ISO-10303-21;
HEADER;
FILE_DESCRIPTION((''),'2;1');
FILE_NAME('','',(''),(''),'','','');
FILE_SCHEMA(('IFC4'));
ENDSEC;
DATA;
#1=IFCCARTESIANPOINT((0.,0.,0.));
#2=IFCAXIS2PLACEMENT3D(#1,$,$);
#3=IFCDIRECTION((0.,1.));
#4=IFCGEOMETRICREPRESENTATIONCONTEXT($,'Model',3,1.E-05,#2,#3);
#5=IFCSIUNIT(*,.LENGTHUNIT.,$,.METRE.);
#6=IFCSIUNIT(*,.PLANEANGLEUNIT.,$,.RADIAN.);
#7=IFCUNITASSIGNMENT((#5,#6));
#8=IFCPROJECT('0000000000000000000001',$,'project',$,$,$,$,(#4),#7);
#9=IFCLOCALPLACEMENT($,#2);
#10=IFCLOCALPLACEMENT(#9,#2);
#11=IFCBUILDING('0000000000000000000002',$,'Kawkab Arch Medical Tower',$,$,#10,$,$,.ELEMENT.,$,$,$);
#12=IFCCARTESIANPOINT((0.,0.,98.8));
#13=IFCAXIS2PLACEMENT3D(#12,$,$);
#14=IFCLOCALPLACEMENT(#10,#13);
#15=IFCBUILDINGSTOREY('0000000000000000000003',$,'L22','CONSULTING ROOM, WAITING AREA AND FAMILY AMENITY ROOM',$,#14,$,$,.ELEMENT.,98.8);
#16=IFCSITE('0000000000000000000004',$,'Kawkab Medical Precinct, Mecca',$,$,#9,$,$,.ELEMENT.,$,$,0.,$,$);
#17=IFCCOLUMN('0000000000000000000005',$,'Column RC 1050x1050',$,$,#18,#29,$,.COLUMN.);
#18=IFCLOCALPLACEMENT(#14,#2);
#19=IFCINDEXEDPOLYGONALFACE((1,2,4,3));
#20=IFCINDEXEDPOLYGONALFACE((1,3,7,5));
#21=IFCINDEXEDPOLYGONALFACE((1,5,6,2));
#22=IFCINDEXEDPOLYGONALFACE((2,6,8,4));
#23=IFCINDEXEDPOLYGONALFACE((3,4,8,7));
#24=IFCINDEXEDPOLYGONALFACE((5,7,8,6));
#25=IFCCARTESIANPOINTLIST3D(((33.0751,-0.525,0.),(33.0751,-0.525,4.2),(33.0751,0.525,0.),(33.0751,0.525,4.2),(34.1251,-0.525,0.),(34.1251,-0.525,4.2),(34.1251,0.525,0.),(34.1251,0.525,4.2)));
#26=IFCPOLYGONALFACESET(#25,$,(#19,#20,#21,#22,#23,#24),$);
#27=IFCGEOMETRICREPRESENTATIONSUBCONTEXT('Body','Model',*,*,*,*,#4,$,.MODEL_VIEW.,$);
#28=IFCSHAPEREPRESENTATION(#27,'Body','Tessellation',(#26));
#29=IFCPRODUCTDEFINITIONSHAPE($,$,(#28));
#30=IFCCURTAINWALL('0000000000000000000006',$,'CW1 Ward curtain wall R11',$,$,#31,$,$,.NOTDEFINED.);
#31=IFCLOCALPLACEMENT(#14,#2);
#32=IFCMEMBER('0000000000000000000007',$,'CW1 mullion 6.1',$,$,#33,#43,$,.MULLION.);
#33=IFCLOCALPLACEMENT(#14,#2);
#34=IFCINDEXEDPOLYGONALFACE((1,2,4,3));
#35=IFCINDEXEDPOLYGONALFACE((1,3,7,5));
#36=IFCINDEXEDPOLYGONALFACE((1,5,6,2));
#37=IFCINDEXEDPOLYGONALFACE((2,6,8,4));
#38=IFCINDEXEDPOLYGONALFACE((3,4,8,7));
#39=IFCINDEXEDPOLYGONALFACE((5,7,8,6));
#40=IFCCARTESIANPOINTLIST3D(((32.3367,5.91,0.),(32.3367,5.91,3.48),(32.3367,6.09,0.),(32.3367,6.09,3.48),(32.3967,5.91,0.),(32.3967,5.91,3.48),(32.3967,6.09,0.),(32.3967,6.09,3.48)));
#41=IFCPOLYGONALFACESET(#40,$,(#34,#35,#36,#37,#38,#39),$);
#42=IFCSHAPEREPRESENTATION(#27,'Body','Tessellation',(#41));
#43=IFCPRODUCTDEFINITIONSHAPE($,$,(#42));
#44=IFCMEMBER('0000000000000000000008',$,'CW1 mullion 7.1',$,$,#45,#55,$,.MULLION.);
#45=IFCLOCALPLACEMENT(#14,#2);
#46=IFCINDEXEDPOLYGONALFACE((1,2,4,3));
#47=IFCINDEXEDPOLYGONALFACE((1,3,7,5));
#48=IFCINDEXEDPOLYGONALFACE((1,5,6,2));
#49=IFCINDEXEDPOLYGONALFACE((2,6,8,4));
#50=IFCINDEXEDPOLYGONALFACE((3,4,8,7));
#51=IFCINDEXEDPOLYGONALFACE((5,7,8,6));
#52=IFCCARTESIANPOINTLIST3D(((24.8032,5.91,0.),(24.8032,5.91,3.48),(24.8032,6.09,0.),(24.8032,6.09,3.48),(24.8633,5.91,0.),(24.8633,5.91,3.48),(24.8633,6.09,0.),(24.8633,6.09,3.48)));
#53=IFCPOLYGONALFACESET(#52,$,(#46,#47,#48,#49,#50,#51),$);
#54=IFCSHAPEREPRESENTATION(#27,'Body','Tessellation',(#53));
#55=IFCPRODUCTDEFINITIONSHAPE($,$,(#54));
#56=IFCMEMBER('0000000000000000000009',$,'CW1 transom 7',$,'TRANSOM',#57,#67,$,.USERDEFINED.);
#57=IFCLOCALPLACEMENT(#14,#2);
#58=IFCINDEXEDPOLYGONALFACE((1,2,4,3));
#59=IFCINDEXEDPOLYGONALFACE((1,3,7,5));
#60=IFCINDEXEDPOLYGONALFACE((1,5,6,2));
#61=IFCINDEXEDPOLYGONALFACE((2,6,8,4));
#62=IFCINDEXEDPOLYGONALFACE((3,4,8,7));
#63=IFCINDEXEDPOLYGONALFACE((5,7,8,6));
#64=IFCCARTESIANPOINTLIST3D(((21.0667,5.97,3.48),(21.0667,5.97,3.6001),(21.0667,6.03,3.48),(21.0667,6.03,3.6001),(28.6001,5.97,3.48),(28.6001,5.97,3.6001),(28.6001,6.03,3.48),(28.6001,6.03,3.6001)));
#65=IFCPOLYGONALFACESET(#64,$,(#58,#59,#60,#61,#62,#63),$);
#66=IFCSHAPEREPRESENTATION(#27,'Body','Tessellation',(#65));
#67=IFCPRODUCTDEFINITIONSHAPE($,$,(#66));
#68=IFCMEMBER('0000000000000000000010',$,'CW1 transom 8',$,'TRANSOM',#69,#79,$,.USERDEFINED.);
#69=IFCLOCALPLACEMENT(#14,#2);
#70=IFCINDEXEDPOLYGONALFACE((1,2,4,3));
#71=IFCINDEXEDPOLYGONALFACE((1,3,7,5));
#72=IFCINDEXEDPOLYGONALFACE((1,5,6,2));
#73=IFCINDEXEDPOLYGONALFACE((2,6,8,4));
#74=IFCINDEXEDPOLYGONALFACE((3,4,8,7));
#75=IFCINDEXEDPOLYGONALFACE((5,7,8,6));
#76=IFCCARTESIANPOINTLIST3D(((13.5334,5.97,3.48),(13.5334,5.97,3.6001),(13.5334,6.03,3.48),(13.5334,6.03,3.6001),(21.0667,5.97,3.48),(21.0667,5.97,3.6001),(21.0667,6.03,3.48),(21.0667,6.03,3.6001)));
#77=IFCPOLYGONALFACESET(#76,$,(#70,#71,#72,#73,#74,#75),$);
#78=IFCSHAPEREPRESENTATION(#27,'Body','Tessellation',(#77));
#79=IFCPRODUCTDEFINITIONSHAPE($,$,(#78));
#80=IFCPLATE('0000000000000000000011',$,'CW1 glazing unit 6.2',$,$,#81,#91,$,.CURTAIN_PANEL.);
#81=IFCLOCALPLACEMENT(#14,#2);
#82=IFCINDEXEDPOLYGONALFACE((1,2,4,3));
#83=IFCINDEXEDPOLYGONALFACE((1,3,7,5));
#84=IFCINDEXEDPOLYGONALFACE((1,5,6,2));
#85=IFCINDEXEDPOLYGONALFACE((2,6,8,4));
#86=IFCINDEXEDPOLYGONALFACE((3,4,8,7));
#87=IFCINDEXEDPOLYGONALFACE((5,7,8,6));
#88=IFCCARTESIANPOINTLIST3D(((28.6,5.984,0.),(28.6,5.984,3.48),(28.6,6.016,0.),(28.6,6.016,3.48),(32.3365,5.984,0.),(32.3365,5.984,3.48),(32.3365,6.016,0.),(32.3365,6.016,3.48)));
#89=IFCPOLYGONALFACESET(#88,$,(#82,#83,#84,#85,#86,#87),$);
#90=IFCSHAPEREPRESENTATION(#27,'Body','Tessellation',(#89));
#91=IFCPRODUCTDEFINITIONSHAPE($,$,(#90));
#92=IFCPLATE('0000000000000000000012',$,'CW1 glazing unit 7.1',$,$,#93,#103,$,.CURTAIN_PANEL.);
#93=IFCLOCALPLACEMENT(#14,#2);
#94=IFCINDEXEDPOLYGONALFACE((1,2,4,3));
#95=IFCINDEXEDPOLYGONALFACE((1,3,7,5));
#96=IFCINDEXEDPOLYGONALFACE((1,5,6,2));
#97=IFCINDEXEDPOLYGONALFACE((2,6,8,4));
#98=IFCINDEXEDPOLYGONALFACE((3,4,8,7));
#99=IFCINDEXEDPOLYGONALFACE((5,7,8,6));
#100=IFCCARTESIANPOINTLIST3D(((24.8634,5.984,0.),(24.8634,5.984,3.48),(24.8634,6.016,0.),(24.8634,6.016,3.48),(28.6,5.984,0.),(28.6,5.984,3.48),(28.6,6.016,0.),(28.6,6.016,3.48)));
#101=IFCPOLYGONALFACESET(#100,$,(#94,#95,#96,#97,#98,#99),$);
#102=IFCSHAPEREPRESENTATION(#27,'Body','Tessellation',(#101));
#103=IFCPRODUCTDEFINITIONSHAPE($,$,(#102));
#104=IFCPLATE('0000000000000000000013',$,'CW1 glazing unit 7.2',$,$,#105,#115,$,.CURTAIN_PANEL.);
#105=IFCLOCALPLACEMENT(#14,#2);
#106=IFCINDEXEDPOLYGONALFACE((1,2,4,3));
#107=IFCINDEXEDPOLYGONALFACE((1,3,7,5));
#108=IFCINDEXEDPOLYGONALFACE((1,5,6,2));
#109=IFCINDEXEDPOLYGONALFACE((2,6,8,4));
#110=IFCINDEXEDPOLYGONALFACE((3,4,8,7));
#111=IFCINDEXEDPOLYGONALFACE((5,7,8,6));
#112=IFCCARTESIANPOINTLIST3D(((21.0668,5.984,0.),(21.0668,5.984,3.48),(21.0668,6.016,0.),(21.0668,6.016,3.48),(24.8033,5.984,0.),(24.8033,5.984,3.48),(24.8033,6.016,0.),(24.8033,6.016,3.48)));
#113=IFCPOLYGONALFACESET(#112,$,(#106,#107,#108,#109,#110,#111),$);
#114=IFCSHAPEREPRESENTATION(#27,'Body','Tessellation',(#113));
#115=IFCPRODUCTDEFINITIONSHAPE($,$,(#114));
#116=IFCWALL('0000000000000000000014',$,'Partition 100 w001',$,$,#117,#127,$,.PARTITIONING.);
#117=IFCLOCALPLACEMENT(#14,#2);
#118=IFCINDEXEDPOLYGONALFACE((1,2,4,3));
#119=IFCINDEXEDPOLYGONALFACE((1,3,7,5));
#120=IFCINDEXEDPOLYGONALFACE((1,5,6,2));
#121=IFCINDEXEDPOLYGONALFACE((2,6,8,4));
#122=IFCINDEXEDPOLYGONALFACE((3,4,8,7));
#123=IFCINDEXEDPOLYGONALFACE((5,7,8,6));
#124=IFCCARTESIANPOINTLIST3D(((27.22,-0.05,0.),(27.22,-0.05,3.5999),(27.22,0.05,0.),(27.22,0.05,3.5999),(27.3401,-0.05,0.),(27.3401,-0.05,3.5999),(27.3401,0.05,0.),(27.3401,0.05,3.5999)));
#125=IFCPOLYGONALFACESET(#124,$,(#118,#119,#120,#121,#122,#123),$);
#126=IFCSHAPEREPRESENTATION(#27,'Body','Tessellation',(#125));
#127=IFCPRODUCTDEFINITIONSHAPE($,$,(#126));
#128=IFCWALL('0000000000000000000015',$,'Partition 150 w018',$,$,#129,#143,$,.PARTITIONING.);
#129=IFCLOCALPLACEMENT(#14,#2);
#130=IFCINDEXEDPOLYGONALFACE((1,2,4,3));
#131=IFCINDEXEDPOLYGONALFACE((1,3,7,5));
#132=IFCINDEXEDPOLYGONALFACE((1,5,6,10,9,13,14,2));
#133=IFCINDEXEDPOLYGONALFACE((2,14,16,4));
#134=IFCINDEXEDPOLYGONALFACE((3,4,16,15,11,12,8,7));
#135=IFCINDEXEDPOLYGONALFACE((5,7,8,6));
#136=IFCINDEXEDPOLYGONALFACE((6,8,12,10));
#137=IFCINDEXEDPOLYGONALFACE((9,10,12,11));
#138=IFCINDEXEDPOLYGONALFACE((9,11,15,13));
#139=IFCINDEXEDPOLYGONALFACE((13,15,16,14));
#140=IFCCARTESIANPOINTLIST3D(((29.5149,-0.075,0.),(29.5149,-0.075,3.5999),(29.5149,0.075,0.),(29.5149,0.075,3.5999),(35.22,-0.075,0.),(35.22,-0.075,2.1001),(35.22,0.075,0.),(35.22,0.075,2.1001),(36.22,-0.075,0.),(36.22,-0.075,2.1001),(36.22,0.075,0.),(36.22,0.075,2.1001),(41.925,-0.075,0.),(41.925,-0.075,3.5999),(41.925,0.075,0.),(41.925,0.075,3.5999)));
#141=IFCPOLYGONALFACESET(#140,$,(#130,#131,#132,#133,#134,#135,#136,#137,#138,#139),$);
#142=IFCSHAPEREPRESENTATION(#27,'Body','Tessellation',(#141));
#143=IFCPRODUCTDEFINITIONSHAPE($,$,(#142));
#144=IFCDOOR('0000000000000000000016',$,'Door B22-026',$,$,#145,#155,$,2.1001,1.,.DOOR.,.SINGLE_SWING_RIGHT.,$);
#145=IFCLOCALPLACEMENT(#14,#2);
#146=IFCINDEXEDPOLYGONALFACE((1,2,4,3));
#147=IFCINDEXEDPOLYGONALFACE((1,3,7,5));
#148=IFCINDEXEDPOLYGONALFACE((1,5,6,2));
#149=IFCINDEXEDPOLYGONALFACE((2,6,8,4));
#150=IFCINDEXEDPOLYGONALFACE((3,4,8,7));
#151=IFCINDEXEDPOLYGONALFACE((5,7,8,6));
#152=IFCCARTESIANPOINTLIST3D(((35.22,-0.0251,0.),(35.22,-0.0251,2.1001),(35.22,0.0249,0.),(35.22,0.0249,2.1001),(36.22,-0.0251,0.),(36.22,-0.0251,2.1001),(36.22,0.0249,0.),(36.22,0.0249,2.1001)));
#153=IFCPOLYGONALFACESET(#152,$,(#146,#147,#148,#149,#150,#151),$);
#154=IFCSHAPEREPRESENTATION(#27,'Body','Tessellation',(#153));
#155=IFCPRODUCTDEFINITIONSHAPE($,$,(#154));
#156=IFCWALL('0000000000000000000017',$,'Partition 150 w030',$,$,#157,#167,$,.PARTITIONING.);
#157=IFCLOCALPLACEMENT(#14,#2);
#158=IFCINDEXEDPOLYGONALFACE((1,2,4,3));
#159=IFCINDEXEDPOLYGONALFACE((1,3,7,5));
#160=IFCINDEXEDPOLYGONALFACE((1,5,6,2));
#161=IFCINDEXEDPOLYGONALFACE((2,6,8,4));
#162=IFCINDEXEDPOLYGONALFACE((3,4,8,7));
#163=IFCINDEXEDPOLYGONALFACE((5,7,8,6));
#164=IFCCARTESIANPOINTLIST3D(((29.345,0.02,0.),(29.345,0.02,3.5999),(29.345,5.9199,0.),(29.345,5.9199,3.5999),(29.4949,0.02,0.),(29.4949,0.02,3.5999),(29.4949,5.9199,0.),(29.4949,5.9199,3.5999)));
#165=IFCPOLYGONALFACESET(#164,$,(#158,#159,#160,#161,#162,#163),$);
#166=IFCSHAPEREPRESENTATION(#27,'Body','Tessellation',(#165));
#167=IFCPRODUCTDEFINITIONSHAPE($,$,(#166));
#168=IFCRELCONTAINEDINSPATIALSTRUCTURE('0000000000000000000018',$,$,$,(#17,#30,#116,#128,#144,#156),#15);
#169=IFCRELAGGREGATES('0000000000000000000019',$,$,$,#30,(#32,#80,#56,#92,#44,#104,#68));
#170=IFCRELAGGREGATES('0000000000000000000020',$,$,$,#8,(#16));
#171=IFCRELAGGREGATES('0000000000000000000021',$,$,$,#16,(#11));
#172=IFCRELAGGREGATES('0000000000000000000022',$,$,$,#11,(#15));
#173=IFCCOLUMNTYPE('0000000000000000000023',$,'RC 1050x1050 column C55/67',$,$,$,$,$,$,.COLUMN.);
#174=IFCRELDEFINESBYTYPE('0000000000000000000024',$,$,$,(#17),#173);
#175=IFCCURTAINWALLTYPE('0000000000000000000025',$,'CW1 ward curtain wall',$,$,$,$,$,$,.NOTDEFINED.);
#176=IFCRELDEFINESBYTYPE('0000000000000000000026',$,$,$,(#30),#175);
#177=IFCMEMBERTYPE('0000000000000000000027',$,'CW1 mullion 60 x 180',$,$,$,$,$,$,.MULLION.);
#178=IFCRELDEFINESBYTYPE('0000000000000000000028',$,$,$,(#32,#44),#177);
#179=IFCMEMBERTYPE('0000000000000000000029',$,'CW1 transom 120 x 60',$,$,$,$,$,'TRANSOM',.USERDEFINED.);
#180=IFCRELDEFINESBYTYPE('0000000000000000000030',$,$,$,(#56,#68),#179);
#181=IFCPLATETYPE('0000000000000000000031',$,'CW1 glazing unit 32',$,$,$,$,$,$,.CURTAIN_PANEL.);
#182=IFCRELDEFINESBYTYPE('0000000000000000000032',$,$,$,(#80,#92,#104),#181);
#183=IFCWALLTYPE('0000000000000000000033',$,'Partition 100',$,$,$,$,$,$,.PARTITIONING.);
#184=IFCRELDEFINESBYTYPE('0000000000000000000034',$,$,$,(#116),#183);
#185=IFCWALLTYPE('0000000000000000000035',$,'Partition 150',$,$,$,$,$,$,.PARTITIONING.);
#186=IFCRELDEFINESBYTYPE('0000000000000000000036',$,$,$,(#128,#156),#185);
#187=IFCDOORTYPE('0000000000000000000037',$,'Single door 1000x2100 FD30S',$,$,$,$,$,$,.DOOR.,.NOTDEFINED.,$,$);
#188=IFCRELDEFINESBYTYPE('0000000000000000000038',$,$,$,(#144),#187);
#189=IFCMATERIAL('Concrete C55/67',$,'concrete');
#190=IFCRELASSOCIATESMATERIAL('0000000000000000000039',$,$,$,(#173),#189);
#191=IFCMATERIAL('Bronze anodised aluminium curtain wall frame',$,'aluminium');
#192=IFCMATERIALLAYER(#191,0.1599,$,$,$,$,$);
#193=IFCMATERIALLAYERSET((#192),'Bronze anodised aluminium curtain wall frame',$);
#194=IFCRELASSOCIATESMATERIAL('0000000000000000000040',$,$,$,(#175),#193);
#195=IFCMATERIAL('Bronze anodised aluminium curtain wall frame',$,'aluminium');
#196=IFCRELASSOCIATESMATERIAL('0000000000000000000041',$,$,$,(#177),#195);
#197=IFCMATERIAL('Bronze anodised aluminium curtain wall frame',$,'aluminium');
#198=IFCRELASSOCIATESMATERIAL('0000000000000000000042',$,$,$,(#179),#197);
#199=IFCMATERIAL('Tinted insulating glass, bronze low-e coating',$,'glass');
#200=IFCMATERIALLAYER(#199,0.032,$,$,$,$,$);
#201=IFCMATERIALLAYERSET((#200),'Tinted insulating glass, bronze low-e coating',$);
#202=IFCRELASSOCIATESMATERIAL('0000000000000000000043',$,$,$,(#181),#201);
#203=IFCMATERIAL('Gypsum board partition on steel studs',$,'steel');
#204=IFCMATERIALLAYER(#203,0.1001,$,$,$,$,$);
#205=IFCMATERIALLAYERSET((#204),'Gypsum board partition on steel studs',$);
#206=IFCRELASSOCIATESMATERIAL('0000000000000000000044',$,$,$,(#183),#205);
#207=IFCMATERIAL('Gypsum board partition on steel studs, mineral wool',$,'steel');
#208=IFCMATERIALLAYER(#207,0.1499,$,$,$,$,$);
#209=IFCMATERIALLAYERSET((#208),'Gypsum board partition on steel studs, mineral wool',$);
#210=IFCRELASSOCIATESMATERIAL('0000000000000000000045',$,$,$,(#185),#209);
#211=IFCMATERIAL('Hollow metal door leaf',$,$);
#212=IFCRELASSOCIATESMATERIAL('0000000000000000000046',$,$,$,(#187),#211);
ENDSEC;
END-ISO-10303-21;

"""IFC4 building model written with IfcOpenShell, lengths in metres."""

from ifc_helpers import new_model, si_unit, direction, frame, frame_2d, origin, origin_2d, place, context, subcontext, project, spatial, rectangle, extrude, material, layer, layer_set, material_profile, profile_set, type_object, element, fill, aggregate, save


model = new_model("IFC4")

# Units and contexts
model_context = context("Model", 3, precision=1e-05, world=origin(), true_north=direction((0.0, 1.0)))
body_context = subcontext(model_context, "Body", "Model", "MODEL_VIEW")
ifc_project = project(units=[si_unit("LENGTHUNIT", "METRE"), si_unit("PLANEANGLEUNIT", "RADIAN")], contexts=[model_context])

# Site, building, storey
site_placement = place(None, origin())
site = spatial("IfcSite", under=ifc_project, at=site_placement, Name="Kawkab Medical Precinct, Mecca", CompositionType="ELEMENT", RefElevation=0.0)
building_placement = place(site_placement, origin())
building = spatial("IfcBuilding", under=site, at=building_placement, Name="Kawkab Arch Medical Tower", CompositionType="ELEMENT")
storey_placement = place(building_placement, frame((0.0, 0.0, 98.8)))
storey = spatial("IfcBuildingStorey", under=building, at=storey_placement, Name="L22", Description="CONSULTING ROOM, WAITING AREA AND FAMILY AMENITY ROOM", CompositionType="ELEMENT", Elevation=98.8)

# Column
ifc_material_1 = material(Name="Concrete C55/67", Category="concrete")
ifc_material_profile_1 = material_profile(ifc_material_1, rectangle(XDim=1.05, YDim=1.05, at=origin_2d()), Name="RC 1050x1050")
ifc_profile_set_1 = profile_set([ifc_material_profile_1], Name="Concrete C55/67")
column_type = type_object("IfcColumnType", Name="RC 1050x1050 column C55/67", PredefinedType="COLUMN", material=ifc_profile_set_1)
column_placement = place(storey_placement, frame((33.6001, 0.0, 0.0), z_axis=(0.0, 0.0, 1.0), x_axis=(1.0, 0.0, 0.0)))
element("IfcColumn", 1, at=column_placement, inside=storey, type_object=column_type, Name="Column RC 1050x1050", PredefinedType="COLUMN", context=body_context, shape_type="SweptSolid", body=[
    extrude(rectangle(XDim=1.05, YDim=1.05, at=origin_2d()), origin(), (0.0, 0.0, 1.0), 4.2),
])

# Curtain wall, members, plates
ifc_material_2 = material(Name="Bronze anodised aluminium curtain wall frame", Category="aluminium")
ifc_layer_1 = layer(ifc_material_2, 0.1599)
ifc_layer_set_1 = layer_set([ifc_layer_1], Name="Bronze anodised aluminium curtain wall frame")
curtain_wall_type = type_object("IfcCurtainWallType", Name="CW1 ward curtain wall", PredefinedType="NOTDEFINED", material=ifc_layer_set_1)
curtain_wall_placement = place(storey_placement, origin())
curtain_wall = element("IfcCurtainWall", 2, at=curtain_wall_placement, inside=storey, type_object=curtain_wall_type, Name="CW1 Ward curtain wall R11", PredefinedType="NOTDEFINED")
ifc_material_3 = material(Name="Bronze anodised aluminium curtain wall frame", Category="aluminium")
ifc_material_profile_2 = material_profile(ifc_material_3, rectangle(XDim=0.1799, YDim=0.0601, at=origin_2d()), Name="AL 60x180")
ifc_profile_set_2 = profile_set([ifc_material_profile_2], Name="Bronze anodised aluminium curtain wall frame")
member_type_1 = type_object("IfcMemberType", Name="CW1 mullion 60 x 180", PredefinedType="MULLION", material=ifc_profile_set_2)
member_1_placement = place(storey_placement, frame((32.3667, 6.0, 0.0), z_axis=(0.0, 0.0, 1.0), x_axis=(0.0, -1.0, 0.0)))
member_1 = element("IfcMember", 3, at=member_1_placement, type_object=member_type_1, Name="CW1 mullion 6.1", PredefinedType="MULLION", context=body_context, shape_type="SweptSolid", body=[
    extrude(rectangle(XDim=0.1799, YDim=0.0601, at=origin_2d()), origin(), (0.0, 0.0, 1.0), 3.48),
])
member_2_placement = place(storey_placement, frame((24.8333, 6.0, 0.0), z_axis=(0.0, 0.0, 1.0), x_axis=(0.0, -1.0, 0.0)))
member_2 = element("IfcMember", 4, at=member_2_placement, type_object=member_type_1, Name="CW1 mullion 7.1", PredefinedType="MULLION", context=body_context, shape_type="SweptSolid", body=[
    extrude(rectangle(XDim=0.1799, YDim=0.0601, at=origin_2d()), origin(), (0.0, 0.0, 1.0), 3.48),
])
ifc_material_4 = material(Name="Bronze anodised aluminium curtain wall frame", Category="aluminium")
ifc_material_profile_3 = material_profile(ifc_material_4, rectangle(XDim=0.0601, YDim=0.1201, at=origin_2d()), Name="AL 60x120")
ifc_profile_set_3 = profile_set([ifc_material_profile_3], Name="Bronze anodised aluminium curtain wall frame")
member_type_2 = type_object("IfcMemberType", Name="CW1 transom 120 x 60", ElementType="TRANSOM", PredefinedType="USERDEFINED", material=ifc_profile_set_3)
member_3_placement = place(storey_placement, frame((28.6001, 6.0, 3.54), z_axis=(-1.0, 0.0, 0.0), x_axis=(0.0, -1.0, 0.0)))
member_3 = element("IfcMember", 5, at=member_3_placement, type_object=member_type_2, Name="CW1 transom 7", ObjectType="TRANSOM", PredefinedType="USERDEFINED", context=body_context, shape_type="SweptSolid", body=[
    extrude(rectangle(XDim=0.0601, YDim=0.1201, at=origin_2d()), origin(), (0.0, 0.0, 1.0), 7.5334),
])
member_4_placement = place(storey_placement, frame((21.0667, 6.0, 3.54), z_axis=(-1.0, 0.0, 0.0), x_axis=(0.0, -1.0, 0.0)))
member_4 = element("IfcMember", 6, at=member_4_placement, type_object=member_type_2, Name="CW1 transom 8", ObjectType="TRANSOM", PredefinedType="USERDEFINED", context=body_context, shape_type="SweptSolid", body=[
    extrude(rectangle(XDim=0.0601, YDim=0.1201, at=origin_2d()), origin(), (0.0, 0.0, 1.0), 7.5332),
])
ifc_material_5 = material(Name="Tinted insulating glass, bronze low-e coating", Category="glass")
ifc_layer_2 = layer(ifc_material_5, 0.032)
ifc_layer_set_2 = layer_set([ifc_layer_2], Name="Tinted insulating glass, bronze low-e coating")
plate_type = type_object("IfcPlateType", Name="CW1 glazing unit 32", PredefinedType="CURTAIN_PANEL", material=ifc_layer_set_2)
plate_1_placement = place(storey_placement, frame((30.4683, 6.0, 0.0), z_axis=(0.0, 0.0, 1.0), x_axis=(-1.0, 0.0, 0.0)))
plate_1 = element("IfcPlate", 7, at=plate_1_placement, type_object=plate_type, Name="CW1 glazing unit 6.2", PredefinedType="CURTAIN_PANEL", context=body_context, shape_type="SweptSolid", body=[
    extrude(rectangle(XDim=3.7366, YDim=0.032, at=origin_2d()), origin(), (0.0, 0.0, 1.0), 3.48),
])
plate_2_placement = place(storey_placement, frame((26.7317, 6.0, 0.0), z_axis=(0.0, 0.0, 1.0), x_axis=(-1.0, 0.0, 0.0)))
plate_2 = element("IfcPlate", 8, at=plate_2_placement, type_object=plate_type, Name="CW1 glazing unit 7.1", PredefinedType="CURTAIN_PANEL", context=body_context, shape_type="SweptSolid", body=[
    extrude(rectangle(XDim=3.7366, YDim=0.032, at=origin_2d()), origin(), (0.0, 0.0, 1.0), 3.48),
])
plate_3_placement = place(storey_placement, frame((22.9351, 6.0, 0.0), z_axis=(0.0, 0.0, 1.0), x_axis=(-1.0, 0.0, 0.0)))
plate_3 = element("IfcPlate", 9, at=plate_3_placement, type_object=plate_type, Name="CW1 glazing unit 7.2", PredefinedType="CURTAIN_PANEL", context=body_context, shape_type="SweptSolid", body=[
    extrude(rectangle(XDim=3.7366, YDim=0.032, at=origin_2d()), origin(), (0.0, 0.0, 1.0), 3.48),
])
aggregate(curtain_wall, [member_1, plate_1, member_3, plate_2, member_2, plate_3, member_4])

# Wall
ifc_material_6 = material(Name="Gypsum board partition on steel studs", Category="steel")
ifc_layer_3 = layer(ifc_material_6, 0.1001)
ifc_layer_set_3 = layer_set([ifc_layer_3], Name="Gypsum board partition on steel studs")
wall_type_1 = type_object("IfcWallType", Name="Partition 100", PredefinedType="PARTITIONING", material=ifc_layer_set_3)
wall_1_placement = place(storey_placement, frame((27.22, 0.0, 0.0), z_axis=(0.0, 0.0, 1.0), x_axis=(1.0, 0.0, 0.0)))
element("IfcWall", 10, at=wall_1_placement, inside=storey, type_object=wall_type_1, Name="Partition 100 w001", PredefinedType="PARTITIONING", context=body_context, shape_type="SweptSolid", body=[
    extrude(rectangle(XDim=0.1201, YDim=0.1001, at=frame_2d((0.0601, 0.0))), origin(), (0.0, 0.0, 1.0), 3.5999),
])

# Wall, opening, door
ifc_material_7 = material(Name="Gypsum board partition on steel studs, mineral wool", Category="steel")
ifc_layer_4 = layer(ifc_material_7, 0.1499)
ifc_layer_set_4 = layer_set([ifc_layer_4], Name="Gypsum board partition on steel studs, mineral wool")
wall_type_2 = type_object("IfcWallType", Name="Partition 150", PredefinedType="PARTITIONING", material=ifc_layer_set_4)
wall_2_placement = place(storey_placement, frame((29.5149, 0.0, 0.0), z_axis=(0.0, 0.0, 1.0), x_axis=(1.0, 0.0, 0.0)))
wall_2 = element("IfcWall", 11, at=wall_2_placement, inside=storey, type_object=wall_type_2, Name="Partition 150 w018", PredefinedType="PARTITIONING", context=body_context, shape_type="SweptSolid", body=[
    extrude(rectangle(XDim=12.4102, YDim=0.1499, at=frame_2d((6.2051, 0.0))), origin(), (0.0, 0.0, 1.0), 3.5999),
])
opening_placement = place(wall_2_placement, frame((5.7051, 0.0, 0.0)))
opening = element("IfcOpeningElement", 12, at=opening_placement, cuts=wall_2, PredefinedType="OPENING", context=body_context, shape_type="SweptSolid", body=[
    extrude(rectangle(XDim=1.0, YDim=2.1001, at=frame_2d((0.5, 1.05))), frame((0.0, 0.085, 0.0), z_axis=(0.0, -1.0, 0.0), x_axis=(1.0, 0.0, 0.0)), (0.0, 0.0, 1.0), 0.1699),
])
ifc_material_8 = material(Name="Hollow metal door leaf")
door_type = type_object("IfcDoorType", Name="Single door 1000x2100 FD30S", OperationType="NOTDEFINED", PredefinedType="DOOR", material=ifc_material_8)
door_placement = place(opening_placement, origin())
door = element("IfcDoor", 13, at=door_placement, inside=storey, type_object=door_type, Name="Door B22-026", OperationType="SINGLE_SWING_RIGHT", OverallHeight=2.1001, OverallWidth=1.0, PredefinedType="DOOR", context=body_context, shape_type="SweptSolid", body=[
    extrude(rectangle(XDim=1.0, YDim=2.1001, at=frame_2d((0.5, 1.05))), frame((0.0, 0.0249, 0.0), z_axis=(0.0, -1.0, 0.0), x_axis=(1.0, 0.0, 0.0)), (0.0, 0.0, 1.0), 0.05),
])
fill(opening, door)

# Wall
wall_3_placement = place(storey_placement, frame((29.4199, 0.02, 0.0), z_axis=(0.0, 0.0, 1.0), x_axis=(0.0, 1.0, 0.0)))
element("IfcWall", 14, at=wall_3_placement, inside=storey, type_object=wall_type_2, Name="Partition 150 w030", PredefinedType="PARTITIONING", context=body_context, shape_type="SweptSolid", body=[
    extrude(rectangle(XDim=5.8999, YDim=0.1499, at=frame_2d((2.95, 0.0))), origin(), (0.0, 0.0, 1.0), 3.5999),
])

save(model, "model.ifc")
